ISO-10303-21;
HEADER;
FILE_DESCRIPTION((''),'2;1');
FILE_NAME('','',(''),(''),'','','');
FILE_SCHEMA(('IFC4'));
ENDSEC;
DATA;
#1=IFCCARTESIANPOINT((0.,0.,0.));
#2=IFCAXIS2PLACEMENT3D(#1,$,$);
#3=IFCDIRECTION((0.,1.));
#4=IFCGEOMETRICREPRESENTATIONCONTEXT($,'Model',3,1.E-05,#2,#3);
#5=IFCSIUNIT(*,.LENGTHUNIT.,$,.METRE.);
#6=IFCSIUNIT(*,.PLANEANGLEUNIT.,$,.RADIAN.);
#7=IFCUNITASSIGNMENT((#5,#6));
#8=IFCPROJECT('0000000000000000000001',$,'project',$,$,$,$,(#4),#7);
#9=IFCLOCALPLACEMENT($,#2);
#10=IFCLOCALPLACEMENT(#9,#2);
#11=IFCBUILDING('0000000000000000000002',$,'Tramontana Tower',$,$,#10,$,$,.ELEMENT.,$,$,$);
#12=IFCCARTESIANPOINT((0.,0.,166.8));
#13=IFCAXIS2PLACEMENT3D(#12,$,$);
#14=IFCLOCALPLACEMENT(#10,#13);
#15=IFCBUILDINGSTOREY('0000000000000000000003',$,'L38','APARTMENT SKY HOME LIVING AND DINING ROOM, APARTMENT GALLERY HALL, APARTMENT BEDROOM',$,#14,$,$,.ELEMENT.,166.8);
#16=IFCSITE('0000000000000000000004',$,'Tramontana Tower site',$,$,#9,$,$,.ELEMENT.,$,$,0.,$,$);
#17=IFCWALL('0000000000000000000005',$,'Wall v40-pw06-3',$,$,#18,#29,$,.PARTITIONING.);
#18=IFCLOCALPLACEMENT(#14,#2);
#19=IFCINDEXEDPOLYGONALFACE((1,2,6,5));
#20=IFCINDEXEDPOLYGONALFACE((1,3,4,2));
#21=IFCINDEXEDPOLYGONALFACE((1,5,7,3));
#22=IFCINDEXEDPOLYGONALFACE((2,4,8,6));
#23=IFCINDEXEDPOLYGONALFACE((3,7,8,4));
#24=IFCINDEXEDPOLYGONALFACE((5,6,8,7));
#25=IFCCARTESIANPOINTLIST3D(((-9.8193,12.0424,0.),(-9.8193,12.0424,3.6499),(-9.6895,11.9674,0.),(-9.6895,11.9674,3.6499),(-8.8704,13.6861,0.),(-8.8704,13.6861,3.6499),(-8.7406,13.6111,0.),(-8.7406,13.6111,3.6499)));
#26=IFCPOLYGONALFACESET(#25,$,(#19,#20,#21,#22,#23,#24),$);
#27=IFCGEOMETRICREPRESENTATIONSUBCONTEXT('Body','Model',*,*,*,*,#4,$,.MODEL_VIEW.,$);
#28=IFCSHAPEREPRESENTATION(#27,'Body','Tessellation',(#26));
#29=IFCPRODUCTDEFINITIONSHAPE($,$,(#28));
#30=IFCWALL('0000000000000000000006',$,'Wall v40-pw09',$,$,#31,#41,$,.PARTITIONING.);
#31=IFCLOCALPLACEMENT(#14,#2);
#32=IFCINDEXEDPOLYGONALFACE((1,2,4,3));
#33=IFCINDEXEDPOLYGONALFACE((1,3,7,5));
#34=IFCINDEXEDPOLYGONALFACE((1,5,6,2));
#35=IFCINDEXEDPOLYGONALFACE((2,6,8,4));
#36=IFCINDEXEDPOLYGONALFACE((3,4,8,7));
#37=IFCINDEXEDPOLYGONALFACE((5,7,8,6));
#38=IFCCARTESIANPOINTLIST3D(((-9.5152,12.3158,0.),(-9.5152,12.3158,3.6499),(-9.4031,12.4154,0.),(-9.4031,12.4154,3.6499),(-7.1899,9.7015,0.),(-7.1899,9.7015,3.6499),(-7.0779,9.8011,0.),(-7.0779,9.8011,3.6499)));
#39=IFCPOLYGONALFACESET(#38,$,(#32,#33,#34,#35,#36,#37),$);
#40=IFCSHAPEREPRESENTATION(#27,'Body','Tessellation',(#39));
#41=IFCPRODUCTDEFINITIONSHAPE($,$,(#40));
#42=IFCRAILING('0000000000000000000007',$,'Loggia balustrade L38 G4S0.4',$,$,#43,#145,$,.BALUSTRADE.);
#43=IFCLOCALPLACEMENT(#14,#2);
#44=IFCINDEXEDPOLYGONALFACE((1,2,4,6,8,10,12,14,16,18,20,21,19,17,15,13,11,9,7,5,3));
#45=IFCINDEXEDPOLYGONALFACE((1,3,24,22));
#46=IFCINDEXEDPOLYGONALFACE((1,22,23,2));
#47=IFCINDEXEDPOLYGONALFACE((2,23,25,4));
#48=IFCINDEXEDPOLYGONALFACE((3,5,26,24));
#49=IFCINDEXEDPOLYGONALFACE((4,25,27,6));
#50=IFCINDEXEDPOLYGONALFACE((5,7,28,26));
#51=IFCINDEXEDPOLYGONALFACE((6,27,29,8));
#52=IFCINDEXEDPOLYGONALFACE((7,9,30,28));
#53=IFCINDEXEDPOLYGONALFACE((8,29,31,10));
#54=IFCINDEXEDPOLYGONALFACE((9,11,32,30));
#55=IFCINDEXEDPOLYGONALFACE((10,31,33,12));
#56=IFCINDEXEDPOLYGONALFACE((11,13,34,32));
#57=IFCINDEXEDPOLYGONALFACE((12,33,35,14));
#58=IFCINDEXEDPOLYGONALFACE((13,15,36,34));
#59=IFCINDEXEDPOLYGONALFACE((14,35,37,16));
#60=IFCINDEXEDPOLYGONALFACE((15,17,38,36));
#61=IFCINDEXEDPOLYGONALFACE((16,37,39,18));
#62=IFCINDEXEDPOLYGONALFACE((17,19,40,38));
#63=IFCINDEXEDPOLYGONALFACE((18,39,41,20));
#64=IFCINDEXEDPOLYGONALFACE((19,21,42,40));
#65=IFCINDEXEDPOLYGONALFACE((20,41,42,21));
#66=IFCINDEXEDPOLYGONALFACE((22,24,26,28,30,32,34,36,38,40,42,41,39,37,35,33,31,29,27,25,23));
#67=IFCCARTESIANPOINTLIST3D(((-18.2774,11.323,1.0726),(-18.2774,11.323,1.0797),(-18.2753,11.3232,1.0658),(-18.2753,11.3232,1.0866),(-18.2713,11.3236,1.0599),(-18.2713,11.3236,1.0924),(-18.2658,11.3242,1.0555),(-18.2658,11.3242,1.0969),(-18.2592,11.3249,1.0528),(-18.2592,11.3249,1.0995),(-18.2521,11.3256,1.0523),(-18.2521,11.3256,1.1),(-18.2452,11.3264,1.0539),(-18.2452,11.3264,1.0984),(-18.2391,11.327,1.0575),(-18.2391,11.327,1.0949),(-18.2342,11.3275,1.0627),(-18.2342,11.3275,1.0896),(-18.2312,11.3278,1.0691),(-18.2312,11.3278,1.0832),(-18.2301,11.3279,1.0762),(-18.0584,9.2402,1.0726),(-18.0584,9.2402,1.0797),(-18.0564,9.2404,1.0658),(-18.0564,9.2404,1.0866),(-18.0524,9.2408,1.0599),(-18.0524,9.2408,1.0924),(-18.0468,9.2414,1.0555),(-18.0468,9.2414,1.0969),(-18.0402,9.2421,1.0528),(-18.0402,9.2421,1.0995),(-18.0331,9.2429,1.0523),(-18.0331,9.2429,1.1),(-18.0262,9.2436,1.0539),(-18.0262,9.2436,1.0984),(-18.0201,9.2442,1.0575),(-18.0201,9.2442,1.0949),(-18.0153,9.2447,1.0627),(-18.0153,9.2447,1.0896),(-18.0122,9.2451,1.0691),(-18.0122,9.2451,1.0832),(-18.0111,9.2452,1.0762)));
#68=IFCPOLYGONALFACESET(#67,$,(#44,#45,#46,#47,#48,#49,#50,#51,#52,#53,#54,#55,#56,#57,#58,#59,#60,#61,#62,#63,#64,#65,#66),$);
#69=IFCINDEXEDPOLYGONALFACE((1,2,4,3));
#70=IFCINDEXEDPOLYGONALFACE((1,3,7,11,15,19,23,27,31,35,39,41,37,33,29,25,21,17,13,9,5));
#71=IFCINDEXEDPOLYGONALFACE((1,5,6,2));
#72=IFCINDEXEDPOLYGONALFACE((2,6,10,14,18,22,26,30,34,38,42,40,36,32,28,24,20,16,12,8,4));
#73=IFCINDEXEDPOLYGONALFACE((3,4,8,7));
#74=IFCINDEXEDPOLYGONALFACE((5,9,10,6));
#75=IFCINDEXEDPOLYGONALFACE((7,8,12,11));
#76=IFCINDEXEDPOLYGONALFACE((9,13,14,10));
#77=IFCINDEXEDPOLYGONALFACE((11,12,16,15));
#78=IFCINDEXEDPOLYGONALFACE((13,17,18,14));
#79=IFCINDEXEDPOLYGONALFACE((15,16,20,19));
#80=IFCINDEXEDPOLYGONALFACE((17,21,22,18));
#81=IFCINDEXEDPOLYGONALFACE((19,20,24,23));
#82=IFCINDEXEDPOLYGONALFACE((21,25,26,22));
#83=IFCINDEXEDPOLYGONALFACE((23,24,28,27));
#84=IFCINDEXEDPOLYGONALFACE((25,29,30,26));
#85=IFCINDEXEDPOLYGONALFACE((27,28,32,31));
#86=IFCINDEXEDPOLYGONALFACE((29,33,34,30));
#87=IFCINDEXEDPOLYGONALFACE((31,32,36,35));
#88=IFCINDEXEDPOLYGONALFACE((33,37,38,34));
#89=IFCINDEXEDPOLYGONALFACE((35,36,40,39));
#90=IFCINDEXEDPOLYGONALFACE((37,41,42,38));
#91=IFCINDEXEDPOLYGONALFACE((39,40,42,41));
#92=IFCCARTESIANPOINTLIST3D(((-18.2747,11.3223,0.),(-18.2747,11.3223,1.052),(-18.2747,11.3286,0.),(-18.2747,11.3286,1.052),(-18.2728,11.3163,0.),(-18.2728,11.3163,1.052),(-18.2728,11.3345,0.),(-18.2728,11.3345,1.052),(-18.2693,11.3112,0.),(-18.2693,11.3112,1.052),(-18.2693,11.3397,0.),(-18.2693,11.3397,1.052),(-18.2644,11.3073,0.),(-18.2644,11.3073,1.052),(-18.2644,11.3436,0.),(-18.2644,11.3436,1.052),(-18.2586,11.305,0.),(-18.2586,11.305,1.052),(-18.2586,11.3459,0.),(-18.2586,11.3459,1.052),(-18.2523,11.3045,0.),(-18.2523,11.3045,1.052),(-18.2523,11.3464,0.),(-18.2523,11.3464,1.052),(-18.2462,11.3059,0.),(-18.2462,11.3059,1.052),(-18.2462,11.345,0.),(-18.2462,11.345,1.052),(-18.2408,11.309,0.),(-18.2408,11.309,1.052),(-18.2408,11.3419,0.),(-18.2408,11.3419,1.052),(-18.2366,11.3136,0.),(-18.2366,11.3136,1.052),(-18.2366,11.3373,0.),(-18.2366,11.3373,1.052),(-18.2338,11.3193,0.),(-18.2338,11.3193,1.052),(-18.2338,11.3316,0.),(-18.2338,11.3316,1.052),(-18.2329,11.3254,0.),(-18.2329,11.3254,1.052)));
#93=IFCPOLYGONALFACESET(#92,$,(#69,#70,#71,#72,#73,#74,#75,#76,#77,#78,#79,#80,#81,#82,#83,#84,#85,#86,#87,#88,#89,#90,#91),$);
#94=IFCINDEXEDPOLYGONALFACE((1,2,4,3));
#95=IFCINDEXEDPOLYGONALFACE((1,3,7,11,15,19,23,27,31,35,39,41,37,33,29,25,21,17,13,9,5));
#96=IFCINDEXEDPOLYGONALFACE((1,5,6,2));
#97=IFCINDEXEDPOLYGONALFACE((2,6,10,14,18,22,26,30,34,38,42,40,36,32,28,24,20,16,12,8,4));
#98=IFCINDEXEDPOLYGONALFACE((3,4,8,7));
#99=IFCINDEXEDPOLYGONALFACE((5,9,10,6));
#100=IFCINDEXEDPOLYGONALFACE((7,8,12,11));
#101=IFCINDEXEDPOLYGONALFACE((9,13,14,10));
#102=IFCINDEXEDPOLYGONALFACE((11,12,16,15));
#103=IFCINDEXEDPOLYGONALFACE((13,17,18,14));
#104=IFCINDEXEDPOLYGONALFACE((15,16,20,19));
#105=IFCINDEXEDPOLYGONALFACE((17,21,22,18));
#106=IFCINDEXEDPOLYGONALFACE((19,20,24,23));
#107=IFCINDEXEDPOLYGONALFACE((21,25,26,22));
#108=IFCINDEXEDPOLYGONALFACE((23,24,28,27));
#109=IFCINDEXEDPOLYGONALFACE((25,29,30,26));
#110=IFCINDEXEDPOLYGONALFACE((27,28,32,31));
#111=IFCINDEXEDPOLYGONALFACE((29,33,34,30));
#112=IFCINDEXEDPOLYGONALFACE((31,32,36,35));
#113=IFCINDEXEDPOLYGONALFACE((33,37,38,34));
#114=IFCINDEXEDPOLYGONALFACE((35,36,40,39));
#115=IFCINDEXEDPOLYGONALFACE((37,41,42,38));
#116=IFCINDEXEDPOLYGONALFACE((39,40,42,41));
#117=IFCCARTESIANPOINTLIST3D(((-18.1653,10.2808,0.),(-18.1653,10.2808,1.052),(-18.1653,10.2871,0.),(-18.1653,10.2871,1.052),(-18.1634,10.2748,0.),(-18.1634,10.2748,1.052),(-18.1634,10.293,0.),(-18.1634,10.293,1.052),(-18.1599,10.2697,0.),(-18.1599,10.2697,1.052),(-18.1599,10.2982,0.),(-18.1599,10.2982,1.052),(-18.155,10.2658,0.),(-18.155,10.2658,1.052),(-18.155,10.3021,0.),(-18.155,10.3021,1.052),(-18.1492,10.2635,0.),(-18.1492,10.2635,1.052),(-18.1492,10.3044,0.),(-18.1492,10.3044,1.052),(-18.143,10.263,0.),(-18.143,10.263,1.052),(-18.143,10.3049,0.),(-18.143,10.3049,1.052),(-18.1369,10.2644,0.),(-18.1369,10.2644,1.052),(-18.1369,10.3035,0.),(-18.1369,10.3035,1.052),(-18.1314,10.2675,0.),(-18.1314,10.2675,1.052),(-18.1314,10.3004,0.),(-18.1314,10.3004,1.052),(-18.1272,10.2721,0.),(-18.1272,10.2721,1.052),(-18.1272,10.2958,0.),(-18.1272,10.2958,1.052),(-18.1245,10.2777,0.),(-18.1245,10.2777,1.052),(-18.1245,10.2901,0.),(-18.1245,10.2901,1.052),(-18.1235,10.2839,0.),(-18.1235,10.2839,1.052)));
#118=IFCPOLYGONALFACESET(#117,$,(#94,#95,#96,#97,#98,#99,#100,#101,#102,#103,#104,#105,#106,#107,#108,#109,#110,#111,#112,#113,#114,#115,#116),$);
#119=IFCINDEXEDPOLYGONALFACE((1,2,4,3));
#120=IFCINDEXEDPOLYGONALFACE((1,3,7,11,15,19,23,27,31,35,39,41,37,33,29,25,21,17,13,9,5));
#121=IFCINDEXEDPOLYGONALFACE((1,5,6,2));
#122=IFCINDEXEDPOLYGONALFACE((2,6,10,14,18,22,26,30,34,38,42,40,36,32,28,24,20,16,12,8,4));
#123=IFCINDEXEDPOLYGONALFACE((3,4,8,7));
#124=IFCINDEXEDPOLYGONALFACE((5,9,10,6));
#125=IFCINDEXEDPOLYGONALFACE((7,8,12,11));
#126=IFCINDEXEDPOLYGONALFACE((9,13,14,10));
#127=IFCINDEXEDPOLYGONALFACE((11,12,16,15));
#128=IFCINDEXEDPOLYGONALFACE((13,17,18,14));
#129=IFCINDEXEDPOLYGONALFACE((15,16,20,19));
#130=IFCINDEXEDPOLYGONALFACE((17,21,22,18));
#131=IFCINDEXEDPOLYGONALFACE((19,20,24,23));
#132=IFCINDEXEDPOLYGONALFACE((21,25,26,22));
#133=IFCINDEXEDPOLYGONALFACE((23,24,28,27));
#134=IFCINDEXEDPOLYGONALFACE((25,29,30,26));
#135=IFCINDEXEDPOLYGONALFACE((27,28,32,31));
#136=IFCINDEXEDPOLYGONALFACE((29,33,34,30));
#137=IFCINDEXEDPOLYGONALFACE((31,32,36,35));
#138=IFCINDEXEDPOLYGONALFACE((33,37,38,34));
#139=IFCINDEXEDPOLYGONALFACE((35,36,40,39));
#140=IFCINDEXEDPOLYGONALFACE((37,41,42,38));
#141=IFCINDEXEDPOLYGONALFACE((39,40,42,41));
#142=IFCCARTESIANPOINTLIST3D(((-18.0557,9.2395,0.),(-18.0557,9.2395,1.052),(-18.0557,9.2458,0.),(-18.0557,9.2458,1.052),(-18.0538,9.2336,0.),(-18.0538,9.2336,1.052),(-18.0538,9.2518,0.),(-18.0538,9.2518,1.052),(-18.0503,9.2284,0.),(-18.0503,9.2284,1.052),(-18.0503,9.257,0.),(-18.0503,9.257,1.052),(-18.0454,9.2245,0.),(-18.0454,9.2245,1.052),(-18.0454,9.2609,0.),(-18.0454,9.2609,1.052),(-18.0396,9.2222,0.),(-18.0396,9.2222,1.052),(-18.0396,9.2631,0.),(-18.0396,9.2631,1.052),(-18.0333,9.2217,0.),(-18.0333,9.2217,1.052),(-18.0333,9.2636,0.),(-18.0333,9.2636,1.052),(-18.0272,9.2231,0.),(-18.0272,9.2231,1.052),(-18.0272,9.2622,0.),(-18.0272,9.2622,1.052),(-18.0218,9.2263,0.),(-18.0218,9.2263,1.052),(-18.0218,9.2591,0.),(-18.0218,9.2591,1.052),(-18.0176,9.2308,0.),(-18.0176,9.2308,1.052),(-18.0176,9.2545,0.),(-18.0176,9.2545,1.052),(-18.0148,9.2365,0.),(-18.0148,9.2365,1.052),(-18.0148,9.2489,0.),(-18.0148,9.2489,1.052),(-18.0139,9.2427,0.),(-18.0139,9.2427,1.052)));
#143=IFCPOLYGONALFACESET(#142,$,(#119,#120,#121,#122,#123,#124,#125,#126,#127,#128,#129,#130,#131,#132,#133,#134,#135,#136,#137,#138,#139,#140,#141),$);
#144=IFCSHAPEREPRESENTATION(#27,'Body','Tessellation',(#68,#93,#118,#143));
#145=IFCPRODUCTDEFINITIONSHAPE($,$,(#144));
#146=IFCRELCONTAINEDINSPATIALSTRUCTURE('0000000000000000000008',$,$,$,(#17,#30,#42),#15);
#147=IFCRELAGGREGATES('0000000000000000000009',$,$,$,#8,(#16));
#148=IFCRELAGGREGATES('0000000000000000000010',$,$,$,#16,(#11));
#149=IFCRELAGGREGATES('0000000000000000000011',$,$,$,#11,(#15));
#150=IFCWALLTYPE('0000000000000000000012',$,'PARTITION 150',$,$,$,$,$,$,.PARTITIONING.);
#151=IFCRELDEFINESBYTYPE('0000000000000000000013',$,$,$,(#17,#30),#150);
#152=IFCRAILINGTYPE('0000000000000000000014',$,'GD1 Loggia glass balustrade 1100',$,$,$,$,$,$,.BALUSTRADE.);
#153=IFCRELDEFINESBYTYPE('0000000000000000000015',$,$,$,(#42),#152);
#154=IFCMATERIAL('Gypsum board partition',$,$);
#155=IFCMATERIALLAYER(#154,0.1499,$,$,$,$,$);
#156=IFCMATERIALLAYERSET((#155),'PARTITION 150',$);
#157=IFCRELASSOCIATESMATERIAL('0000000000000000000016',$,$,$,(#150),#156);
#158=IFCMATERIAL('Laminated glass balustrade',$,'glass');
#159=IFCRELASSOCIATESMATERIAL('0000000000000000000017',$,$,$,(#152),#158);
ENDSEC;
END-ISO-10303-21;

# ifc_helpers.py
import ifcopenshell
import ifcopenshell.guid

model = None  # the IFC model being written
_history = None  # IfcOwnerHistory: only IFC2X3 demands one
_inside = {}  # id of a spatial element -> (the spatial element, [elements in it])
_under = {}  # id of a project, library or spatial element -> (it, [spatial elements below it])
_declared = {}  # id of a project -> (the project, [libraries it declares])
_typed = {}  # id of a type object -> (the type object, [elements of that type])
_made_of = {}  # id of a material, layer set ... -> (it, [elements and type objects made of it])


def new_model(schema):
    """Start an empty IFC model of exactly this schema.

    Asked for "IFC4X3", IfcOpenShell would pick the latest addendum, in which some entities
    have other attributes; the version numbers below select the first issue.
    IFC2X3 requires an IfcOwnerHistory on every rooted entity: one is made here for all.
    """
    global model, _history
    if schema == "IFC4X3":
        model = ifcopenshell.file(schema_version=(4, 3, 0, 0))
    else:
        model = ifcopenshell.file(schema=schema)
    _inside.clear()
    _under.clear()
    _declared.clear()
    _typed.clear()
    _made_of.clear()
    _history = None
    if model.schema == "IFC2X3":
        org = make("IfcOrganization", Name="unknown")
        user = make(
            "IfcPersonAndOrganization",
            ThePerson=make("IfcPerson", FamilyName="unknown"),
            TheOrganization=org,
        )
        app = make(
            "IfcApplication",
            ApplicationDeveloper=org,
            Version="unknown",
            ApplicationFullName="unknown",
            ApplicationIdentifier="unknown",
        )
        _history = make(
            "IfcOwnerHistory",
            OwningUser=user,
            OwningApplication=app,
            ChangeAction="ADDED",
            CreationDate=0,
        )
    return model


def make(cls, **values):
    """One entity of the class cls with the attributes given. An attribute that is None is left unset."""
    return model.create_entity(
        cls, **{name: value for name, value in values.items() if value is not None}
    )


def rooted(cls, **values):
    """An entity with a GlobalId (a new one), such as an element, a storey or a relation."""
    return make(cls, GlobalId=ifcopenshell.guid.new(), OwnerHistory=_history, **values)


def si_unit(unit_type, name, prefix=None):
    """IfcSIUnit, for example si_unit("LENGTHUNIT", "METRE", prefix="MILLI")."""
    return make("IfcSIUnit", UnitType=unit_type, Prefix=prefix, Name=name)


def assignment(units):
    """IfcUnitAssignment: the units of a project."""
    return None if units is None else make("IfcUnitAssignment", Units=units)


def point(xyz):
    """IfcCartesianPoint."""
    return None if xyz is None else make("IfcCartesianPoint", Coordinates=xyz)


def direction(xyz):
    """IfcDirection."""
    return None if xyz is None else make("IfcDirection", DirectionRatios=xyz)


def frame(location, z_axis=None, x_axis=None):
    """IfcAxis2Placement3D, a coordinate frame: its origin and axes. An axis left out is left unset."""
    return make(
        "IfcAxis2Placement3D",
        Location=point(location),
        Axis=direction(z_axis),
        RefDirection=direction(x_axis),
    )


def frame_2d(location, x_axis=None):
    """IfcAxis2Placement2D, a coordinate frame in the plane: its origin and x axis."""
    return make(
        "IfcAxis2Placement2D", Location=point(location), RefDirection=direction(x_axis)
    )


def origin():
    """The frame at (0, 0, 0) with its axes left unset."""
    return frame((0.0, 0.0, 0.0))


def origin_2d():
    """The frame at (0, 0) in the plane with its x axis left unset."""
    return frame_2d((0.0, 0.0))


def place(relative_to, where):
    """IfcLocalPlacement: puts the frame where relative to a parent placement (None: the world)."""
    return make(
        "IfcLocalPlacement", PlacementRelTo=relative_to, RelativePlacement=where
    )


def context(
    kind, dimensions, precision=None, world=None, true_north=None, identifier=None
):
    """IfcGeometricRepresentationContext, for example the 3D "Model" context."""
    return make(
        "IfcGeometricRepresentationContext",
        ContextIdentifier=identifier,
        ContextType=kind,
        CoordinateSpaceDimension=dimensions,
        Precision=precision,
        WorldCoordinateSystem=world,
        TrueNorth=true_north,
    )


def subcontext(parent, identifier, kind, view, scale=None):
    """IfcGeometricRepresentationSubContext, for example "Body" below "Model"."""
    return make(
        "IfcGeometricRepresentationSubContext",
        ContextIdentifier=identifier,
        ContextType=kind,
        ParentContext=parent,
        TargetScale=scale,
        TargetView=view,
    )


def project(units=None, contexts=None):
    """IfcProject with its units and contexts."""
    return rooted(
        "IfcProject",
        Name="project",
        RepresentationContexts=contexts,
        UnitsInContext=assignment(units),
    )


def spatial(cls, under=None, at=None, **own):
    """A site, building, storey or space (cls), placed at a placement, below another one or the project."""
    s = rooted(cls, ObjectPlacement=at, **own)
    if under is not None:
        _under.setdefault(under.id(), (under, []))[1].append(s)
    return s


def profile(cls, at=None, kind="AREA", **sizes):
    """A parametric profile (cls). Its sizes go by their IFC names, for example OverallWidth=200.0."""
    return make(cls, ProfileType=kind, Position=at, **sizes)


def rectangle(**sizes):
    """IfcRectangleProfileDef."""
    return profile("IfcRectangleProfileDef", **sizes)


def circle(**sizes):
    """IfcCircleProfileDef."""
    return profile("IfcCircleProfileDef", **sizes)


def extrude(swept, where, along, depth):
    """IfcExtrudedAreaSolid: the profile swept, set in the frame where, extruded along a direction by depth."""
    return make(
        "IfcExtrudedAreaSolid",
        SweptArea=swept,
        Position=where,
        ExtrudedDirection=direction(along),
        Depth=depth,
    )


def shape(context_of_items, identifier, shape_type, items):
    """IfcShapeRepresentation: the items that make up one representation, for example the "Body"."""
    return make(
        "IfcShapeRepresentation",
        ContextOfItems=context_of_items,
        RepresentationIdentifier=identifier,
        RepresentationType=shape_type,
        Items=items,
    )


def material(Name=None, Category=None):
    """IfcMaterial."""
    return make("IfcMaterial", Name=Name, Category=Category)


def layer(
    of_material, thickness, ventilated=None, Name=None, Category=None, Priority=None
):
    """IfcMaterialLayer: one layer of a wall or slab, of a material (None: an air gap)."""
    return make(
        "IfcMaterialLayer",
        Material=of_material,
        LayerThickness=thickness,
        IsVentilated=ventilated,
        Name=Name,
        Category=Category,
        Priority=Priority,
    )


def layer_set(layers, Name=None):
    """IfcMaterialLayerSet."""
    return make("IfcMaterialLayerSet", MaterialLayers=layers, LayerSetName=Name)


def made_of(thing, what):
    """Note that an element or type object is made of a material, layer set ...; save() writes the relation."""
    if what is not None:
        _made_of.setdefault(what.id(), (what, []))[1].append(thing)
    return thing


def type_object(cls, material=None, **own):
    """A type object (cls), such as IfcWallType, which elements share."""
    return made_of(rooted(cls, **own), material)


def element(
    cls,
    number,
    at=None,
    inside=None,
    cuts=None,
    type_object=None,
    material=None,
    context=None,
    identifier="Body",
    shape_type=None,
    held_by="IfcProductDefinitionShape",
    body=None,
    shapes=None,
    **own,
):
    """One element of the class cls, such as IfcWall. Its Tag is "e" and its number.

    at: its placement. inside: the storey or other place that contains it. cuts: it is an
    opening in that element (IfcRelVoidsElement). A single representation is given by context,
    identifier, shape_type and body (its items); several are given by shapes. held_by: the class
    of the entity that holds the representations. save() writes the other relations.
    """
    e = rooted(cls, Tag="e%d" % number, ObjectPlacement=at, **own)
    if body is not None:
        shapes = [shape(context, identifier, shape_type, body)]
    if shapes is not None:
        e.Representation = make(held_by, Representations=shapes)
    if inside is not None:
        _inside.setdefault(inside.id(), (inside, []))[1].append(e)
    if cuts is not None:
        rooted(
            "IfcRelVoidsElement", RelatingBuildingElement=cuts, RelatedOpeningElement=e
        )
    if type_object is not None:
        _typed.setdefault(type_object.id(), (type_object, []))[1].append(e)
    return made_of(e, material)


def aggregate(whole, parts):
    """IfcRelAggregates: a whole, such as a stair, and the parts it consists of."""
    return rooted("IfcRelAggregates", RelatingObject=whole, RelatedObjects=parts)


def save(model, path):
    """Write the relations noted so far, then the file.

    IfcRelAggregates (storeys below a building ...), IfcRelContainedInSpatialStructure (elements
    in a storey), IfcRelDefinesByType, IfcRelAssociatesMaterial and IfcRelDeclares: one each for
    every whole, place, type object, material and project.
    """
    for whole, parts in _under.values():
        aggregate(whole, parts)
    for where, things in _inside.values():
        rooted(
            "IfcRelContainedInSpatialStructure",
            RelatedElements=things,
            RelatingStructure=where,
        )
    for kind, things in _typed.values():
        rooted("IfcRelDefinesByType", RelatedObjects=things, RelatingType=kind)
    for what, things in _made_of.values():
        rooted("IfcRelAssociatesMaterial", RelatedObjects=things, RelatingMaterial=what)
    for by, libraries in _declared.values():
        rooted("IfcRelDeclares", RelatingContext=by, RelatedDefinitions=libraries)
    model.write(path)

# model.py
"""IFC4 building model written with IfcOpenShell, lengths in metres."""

from ifc_helpers import new_model, si_unit, direction, frame, frame_2d, origin, origin_2d, place, context, subcontext, project, spatial, rectangle, circle, extrude, material, layer, layer_set, type_object, element, save


model = new_model("IFC4")

# Units and contexts
model_context = context("Model", 3, precision=1e-05, world=origin(), true_north=direction((0.0, 1.0)))
body_context = subcontext(model_context, "Body", "Model", "MODEL_VIEW")
ifc_project = project(units=[si_unit("LENGTHUNIT", "METRE"), si_unit("PLANEANGLEUNIT", "RADIAN")], contexts=[model_context])

# Site, building, storey
site_placement = place(None, origin())
site = spatial("IfcSite", under=ifc_project, at=site_placement, Name="Tramontana Tower site", CompositionType="ELEMENT", RefElevation=0.0)
building_placement = place(site_placement, origin())
building = spatial("IfcBuilding", under=site, at=building_placement, Name="Tramontana Tower", CompositionType="ELEMENT")
storey_placement = place(building_placement, frame((0.0, 0.0, 166.8)))
storey = spatial("IfcBuildingStorey", under=building, at=storey_placement, Name="L38", Description="APARTMENT SKY HOME LIVING AND DINING ROOM, APARTMENT GALLERY HALL, APARTMENT BEDROOM", CompositionType="ELEMENT", Elevation=166.8)

# Walls
ifc_material_1 = material(Name="Gypsum board partition")
ifc_layer_1 = layer(ifc_material_1, 0.1499)
ifc_layer_set_1 = layer_set([ifc_layer_1], Name="PARTITION 150")
wall_type_1 = type_object("IfcWallType", Name="PARTITION 150", PredefinedType="PARTITIONING", material=ifc_layer_set_1)
wall_1_placement = place(storey_placement, frame((-9.7544, 12.0049, 0.0), z_axis=(0.0, 0.0, 1.0), x_axis=(0.499971, 0.866042, 0.0)))
element("IfcWall", 1, at=wall_1_placement, inside=storey, type_object=wall_type_1, Name="Wall v40-pw06-3", PredefinedType="PARTITIONING", context=body_context, shape_type="SweptSolid", body=[
    extrude(rectangle(XDim=1.8979, YDim=0.1499, at=frame_2d((0.949, 0.0))), origin(), (0.0, 0.0, 1.0), 3.6499),
])
wall_2_placement = place(storey_placement, frame((-9.4592, 12.3657, 0.0), z_axis=(0.0, 0.0, 1.0), x_axis=(0.664589, -0.747209, 0.0)))
element("IfcWall", 2, at=wall_2_placement, inside=storey, type_object=wall_type_1, Name="Wall v40-pw09", PredefinedType="PARTITIONING", context=body_context, shape_type="SweptSolid", body=[
    extrude(rectangle(XDim=3.4988, YDim=0.1499, at=frame_2d((1.7495, 0.0))), origin(), (0.0, 0.0, 1.0), 3.6499),
])

# Railing
ifc_material_2 = material(Name="Laminated glass balustrade", Category="glass")
railing_type = type_object("IfcRailingType", Name="GD1 Loggia glass balustrade 1100", PredefinedType="BALUSTRADE", material=ifc_material_2)
railing_1_placement = place(storey_placement, frame((-18.2539, 11.3254, 0.0)))
element("IfcRailing", 3, at=railing_1_placement, inside=storey, type_object=railing_type, Name="Loggia balustrade L38 G4S0.4", PredefinedType="BALUSTRADE", context=body_context, shape_type="SweptSolid", body=[
    extrude(circle(Radius=0.0239, at=origin_2d()), frame((0.0, 0.0, 1.0762), z_axis=(0.104569, -0.994518, 0.0), x_axis=(0.994518, 0.104569, 0.0)), (0.0, 0.0, 1.0), 2.0942),
    extrude(circle(Radius=0.021, at=origin_2d()), origin(), (0.0, 0.0, 1.0), 1.052),
    extrude(circle(Radius=0.021, at=origin_2d()), frame((0.1094, -1.0415, 0.0)), (0.0, 0.0, 1.0), 1.052),
    extrude(circle(Radius=0.021, at=origin_2d()), frame((0.219, -2.0828, 0.0)), (0.0, 0.0, 1.0), 1.052),
])

save(model, "model.ifc")
